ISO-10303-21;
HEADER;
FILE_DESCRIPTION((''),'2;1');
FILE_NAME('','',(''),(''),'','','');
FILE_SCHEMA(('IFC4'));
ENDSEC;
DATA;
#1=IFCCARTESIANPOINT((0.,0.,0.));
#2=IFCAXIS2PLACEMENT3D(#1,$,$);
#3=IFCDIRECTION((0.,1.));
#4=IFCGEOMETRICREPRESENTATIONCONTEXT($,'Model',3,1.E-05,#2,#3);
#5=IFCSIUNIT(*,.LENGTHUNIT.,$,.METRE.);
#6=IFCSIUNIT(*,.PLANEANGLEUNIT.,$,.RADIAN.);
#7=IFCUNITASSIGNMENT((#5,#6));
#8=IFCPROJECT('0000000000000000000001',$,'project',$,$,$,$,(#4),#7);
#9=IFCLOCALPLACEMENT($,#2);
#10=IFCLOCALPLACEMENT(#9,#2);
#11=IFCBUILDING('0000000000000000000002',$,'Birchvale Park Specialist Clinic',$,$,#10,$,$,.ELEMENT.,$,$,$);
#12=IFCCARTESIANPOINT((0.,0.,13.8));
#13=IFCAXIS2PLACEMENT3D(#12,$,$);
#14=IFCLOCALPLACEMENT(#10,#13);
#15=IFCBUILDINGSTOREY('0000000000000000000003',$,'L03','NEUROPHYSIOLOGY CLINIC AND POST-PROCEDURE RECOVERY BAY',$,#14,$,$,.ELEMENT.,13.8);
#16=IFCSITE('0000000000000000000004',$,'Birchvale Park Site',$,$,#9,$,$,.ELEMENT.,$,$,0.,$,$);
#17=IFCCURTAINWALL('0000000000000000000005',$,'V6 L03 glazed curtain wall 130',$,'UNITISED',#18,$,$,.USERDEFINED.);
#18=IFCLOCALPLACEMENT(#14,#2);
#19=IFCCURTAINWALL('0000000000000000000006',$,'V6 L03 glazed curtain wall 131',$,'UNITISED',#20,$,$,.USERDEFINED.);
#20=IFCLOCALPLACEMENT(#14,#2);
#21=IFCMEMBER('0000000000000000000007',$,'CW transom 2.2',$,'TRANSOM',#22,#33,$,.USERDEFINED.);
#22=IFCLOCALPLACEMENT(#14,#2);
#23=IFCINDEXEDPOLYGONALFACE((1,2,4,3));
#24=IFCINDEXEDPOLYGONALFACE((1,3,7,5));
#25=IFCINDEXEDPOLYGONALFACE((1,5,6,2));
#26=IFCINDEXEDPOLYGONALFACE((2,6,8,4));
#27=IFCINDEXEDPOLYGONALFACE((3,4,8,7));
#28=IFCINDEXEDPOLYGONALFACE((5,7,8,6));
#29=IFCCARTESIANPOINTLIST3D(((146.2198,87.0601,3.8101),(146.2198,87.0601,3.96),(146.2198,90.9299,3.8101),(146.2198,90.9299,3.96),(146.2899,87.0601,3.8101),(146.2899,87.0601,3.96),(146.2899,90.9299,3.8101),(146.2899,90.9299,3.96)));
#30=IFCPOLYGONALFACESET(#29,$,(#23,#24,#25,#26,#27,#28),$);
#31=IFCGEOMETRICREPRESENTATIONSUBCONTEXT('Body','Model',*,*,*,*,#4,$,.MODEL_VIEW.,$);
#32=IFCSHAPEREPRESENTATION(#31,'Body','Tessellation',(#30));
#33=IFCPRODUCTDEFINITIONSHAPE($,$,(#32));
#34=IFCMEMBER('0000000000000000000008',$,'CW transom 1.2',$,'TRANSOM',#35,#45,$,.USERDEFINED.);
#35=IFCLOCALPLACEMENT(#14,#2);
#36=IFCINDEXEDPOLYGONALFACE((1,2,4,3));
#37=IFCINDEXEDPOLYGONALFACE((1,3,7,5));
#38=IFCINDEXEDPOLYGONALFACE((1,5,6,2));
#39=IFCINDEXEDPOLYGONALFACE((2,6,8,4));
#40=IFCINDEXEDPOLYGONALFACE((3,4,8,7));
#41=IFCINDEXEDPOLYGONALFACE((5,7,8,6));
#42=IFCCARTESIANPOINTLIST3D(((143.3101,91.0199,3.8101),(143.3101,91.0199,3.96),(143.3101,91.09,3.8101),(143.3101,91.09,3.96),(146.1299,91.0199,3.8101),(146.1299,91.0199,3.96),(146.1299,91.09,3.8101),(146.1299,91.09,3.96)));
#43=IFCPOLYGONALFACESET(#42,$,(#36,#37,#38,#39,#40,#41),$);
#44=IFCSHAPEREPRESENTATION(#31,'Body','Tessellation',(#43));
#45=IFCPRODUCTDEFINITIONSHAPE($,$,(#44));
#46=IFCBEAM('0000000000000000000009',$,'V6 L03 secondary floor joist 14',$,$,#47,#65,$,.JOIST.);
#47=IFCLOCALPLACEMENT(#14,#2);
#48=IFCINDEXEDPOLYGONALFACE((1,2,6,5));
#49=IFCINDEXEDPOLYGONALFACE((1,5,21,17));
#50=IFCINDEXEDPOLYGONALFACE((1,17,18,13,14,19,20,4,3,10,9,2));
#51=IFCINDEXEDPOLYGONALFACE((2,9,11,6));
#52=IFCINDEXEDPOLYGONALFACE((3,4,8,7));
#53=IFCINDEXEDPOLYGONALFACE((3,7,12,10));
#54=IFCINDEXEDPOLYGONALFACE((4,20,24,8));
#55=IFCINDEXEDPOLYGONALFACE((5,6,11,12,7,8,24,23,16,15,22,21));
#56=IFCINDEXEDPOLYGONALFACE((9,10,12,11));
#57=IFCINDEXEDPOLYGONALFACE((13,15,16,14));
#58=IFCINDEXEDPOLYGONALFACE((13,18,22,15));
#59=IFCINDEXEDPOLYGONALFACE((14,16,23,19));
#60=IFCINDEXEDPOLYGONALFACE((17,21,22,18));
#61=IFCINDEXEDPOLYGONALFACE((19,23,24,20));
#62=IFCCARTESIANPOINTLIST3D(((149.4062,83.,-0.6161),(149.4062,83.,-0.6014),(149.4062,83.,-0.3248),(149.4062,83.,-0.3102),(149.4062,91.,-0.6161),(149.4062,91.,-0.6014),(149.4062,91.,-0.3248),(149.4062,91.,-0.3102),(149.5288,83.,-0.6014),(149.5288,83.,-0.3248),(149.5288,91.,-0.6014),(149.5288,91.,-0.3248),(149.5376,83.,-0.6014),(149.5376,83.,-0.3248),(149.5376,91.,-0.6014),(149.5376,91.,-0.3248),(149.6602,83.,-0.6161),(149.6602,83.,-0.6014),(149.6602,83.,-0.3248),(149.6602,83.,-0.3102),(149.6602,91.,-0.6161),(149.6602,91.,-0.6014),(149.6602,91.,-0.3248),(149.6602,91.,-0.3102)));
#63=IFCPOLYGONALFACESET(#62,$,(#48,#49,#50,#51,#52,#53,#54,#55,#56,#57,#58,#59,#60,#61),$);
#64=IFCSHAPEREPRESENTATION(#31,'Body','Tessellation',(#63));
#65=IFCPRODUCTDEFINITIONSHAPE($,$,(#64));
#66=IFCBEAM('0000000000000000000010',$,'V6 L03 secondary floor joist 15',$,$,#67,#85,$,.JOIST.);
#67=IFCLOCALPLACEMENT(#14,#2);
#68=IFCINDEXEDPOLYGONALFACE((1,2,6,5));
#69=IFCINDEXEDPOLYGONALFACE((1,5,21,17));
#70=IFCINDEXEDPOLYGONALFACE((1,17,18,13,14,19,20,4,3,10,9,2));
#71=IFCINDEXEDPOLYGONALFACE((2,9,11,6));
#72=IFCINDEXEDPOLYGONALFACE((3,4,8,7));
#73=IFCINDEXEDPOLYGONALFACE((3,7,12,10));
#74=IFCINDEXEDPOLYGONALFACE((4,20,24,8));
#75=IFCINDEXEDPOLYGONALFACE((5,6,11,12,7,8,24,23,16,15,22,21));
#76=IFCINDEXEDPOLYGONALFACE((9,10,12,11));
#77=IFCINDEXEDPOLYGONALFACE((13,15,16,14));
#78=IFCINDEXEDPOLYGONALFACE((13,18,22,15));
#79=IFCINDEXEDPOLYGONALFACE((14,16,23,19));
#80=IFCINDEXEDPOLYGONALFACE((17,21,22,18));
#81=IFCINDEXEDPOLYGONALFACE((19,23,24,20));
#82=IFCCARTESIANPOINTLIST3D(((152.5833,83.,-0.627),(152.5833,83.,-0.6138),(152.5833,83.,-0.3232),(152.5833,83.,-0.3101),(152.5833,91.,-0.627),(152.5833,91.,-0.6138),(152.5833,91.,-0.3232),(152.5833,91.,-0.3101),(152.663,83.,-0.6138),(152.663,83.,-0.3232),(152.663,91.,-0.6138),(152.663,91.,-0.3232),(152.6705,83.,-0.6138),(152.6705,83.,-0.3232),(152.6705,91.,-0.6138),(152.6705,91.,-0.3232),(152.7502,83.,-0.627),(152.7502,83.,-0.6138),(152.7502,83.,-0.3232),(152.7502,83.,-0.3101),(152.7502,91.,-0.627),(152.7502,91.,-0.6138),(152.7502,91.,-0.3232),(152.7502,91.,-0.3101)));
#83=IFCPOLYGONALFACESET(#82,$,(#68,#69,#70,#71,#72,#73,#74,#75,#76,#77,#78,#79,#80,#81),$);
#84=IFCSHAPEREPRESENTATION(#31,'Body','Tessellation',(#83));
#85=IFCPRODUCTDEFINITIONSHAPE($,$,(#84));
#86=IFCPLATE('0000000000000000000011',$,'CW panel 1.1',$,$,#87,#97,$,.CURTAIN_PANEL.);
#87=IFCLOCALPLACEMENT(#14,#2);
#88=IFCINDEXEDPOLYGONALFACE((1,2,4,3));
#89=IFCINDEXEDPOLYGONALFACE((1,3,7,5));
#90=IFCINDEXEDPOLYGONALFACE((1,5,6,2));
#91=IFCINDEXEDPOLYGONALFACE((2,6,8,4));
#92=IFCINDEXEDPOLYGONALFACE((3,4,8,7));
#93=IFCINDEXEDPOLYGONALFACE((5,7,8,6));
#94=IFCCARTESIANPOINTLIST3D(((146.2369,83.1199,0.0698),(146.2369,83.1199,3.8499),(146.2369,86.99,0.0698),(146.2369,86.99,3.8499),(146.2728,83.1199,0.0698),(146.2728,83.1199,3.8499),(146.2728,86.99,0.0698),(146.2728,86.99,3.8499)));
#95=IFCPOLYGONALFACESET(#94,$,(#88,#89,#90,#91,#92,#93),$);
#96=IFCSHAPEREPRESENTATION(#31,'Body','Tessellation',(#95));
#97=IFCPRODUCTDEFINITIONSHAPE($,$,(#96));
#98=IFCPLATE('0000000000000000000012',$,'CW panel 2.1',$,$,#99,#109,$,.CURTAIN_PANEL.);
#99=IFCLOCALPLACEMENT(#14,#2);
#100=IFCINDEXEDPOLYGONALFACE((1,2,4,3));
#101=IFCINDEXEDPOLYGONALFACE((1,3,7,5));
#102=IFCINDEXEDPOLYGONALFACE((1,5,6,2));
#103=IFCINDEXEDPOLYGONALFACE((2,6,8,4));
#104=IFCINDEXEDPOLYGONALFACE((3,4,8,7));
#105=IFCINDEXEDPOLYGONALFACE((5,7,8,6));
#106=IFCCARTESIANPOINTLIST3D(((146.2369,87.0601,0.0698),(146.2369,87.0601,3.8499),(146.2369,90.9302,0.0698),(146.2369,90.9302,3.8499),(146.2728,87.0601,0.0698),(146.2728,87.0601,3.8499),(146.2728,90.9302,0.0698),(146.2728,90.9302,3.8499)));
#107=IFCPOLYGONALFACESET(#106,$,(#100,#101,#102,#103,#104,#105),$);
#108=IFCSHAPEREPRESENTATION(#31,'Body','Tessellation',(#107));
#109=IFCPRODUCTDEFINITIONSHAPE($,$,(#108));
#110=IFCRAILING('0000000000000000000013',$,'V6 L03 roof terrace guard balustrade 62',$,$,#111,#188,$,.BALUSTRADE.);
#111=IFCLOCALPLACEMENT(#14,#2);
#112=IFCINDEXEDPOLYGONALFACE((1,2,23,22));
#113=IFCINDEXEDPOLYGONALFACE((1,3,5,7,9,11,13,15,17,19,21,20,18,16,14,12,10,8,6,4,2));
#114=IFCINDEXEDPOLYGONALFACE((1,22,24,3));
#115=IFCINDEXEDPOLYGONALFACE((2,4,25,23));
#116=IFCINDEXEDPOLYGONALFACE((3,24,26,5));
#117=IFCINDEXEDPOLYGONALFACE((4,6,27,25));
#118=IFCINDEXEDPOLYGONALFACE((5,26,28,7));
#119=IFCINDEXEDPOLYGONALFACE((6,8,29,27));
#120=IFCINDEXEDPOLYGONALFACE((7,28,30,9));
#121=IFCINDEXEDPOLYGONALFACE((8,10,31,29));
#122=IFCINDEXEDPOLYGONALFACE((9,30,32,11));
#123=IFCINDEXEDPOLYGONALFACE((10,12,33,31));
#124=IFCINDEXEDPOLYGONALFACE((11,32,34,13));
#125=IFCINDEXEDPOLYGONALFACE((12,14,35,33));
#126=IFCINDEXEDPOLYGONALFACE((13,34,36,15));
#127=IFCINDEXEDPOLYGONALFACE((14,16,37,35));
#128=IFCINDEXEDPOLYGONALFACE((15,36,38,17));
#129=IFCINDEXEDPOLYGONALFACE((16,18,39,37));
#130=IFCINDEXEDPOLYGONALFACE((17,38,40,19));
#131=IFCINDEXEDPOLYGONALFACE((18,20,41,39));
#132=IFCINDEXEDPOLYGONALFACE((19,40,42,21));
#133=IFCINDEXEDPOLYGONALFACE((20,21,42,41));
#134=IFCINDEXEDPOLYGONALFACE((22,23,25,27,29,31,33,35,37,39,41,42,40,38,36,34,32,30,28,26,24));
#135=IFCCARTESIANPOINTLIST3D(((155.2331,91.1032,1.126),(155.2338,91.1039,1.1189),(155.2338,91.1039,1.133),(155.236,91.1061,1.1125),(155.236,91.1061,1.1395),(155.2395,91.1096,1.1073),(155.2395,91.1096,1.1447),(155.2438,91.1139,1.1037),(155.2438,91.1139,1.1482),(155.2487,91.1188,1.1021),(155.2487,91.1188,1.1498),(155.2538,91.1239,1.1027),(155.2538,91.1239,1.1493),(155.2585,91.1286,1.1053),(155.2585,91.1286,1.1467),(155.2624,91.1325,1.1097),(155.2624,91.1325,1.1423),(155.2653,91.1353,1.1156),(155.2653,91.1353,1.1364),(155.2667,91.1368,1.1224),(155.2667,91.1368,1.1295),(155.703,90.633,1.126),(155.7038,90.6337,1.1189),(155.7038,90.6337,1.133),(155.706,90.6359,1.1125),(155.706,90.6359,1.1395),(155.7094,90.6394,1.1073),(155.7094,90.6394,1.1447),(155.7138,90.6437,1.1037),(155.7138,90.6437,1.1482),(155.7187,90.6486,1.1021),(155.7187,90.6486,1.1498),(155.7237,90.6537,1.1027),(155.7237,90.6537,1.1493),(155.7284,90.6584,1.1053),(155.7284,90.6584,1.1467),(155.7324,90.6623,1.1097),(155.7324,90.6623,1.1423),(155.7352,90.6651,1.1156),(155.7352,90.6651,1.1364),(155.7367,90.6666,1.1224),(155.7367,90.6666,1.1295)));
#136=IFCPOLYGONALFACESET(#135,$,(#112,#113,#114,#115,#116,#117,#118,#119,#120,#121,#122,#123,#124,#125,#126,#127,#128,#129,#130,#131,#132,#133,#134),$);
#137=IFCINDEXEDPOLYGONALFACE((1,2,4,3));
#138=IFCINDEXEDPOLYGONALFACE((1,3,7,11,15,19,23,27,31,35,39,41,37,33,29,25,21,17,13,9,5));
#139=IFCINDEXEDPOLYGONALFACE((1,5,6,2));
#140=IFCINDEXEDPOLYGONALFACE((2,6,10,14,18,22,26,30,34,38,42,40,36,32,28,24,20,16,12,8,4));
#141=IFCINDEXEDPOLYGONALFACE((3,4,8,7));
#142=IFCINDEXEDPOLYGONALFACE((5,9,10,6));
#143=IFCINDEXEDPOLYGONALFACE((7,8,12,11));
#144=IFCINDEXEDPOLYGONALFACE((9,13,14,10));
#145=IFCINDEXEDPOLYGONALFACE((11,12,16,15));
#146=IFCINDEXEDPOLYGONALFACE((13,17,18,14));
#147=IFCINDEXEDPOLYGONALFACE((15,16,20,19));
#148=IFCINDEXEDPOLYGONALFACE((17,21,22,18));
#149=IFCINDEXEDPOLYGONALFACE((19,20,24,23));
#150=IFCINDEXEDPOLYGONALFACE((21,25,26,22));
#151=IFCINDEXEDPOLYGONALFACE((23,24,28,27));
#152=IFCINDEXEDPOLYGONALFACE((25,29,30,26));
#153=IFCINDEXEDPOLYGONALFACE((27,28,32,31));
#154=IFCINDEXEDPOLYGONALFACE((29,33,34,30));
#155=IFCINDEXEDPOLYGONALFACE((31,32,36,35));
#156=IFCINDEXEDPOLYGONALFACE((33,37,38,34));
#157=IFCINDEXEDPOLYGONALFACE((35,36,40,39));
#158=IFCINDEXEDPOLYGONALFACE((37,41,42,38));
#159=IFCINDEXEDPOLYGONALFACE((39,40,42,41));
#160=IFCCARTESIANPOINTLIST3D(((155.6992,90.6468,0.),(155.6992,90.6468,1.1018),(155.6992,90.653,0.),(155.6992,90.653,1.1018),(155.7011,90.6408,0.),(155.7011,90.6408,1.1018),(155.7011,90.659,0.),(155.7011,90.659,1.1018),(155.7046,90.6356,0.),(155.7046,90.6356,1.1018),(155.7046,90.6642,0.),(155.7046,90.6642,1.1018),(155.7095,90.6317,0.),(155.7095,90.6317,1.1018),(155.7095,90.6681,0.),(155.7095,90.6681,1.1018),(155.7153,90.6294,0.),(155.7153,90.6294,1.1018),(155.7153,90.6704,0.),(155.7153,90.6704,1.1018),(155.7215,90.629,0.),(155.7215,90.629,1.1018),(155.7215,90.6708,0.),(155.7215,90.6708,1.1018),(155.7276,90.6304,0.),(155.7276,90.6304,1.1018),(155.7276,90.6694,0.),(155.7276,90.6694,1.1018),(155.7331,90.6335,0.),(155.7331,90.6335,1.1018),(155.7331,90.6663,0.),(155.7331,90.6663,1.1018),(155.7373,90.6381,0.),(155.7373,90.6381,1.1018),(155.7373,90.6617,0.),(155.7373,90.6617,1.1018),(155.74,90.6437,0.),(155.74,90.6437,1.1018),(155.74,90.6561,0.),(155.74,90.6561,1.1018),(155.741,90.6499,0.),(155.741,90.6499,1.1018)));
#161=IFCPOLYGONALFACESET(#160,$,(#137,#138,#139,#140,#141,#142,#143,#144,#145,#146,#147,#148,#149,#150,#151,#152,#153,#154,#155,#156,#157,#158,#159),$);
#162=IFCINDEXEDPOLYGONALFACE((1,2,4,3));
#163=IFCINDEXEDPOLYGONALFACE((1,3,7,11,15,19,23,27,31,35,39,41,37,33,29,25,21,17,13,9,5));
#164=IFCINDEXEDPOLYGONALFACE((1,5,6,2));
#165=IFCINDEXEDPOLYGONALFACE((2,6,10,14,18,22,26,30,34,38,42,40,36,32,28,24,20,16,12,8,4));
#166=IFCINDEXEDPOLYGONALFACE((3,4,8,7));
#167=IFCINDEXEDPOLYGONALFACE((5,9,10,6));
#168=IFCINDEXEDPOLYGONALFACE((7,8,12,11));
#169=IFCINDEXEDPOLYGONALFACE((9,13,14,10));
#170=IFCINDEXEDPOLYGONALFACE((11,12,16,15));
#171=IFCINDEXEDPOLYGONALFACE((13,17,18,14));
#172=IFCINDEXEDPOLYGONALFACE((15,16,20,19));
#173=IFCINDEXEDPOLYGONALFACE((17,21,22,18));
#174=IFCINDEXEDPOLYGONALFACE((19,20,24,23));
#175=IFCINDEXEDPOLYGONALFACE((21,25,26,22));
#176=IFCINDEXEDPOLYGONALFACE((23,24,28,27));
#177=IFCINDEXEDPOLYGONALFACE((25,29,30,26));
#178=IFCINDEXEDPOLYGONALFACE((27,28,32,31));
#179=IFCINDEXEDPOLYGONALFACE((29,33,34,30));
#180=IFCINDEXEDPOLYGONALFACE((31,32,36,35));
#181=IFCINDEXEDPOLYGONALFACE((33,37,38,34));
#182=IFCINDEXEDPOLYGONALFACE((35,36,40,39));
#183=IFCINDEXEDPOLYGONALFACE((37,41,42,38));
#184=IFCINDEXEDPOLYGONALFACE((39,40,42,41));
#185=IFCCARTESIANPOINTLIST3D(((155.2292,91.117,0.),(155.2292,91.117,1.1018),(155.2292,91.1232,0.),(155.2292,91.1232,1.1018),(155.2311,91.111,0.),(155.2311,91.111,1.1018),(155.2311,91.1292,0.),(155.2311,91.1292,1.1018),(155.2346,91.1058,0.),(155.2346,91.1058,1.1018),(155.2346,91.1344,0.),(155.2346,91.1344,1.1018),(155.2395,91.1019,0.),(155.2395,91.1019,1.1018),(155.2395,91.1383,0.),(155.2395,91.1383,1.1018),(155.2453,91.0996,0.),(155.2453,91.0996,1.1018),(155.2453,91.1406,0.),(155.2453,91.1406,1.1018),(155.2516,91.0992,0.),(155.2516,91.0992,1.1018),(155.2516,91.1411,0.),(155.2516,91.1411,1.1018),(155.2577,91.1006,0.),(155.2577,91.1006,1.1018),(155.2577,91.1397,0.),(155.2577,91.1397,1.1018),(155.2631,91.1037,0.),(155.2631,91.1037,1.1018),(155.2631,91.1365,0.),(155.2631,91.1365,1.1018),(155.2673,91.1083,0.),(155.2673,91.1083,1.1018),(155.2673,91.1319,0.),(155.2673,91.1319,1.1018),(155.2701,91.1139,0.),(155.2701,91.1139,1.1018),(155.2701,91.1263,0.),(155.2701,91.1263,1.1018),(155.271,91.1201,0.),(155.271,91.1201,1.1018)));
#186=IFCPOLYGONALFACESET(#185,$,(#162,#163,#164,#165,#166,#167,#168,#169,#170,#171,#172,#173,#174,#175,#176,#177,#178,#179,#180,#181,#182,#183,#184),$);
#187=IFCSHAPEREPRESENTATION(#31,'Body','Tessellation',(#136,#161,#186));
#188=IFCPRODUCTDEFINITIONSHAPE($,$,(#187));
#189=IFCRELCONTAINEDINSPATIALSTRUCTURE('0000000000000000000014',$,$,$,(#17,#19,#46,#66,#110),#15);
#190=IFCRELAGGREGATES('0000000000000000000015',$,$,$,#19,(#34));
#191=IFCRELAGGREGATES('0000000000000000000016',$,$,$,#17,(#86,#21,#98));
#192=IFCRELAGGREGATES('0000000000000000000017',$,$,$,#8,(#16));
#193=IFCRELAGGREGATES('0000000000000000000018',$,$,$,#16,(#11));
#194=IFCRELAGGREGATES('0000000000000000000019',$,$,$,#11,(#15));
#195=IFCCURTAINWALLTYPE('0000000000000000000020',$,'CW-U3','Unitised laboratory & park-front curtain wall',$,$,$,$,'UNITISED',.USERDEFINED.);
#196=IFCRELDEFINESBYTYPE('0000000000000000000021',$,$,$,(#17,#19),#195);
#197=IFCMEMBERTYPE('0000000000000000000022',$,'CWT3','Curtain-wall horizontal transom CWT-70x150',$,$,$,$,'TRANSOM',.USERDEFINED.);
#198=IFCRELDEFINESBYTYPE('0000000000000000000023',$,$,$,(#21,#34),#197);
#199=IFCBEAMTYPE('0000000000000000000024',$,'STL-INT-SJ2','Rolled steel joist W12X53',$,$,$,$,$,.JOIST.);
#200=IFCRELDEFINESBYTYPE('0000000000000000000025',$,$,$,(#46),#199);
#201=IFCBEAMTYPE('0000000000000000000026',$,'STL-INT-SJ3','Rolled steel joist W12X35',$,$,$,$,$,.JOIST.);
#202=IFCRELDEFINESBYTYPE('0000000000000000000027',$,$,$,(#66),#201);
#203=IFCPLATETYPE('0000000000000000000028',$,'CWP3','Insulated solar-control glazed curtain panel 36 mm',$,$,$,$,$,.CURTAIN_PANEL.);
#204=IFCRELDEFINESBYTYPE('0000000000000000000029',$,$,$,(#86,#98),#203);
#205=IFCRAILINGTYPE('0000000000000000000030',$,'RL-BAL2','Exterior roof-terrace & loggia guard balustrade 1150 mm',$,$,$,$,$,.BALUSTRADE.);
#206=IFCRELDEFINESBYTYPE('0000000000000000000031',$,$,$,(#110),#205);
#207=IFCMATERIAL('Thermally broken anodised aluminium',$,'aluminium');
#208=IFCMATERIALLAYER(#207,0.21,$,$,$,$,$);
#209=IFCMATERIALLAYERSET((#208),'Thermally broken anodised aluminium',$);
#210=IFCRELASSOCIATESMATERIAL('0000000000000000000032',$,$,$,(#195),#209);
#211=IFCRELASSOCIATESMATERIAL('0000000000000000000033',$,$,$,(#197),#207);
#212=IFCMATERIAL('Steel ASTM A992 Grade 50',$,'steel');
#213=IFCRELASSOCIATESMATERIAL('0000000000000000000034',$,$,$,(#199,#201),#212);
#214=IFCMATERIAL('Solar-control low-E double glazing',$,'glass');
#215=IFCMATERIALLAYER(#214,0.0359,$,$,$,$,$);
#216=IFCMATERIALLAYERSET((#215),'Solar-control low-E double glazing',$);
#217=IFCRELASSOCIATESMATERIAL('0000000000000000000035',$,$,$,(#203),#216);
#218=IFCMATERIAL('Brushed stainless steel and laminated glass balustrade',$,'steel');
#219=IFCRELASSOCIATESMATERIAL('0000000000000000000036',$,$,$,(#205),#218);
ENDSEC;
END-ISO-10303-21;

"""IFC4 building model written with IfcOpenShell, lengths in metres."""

from ifc_helpers import new_model, si_unit, direction, frame, origin, origin_2d, place, context, subcontext, project, spatial, rectangle, circle, i_section, extrude, material, layer, layer_set, material_profile, profile_set, type_object, element, aggregate, save


model = new_model("IFC4")

# Units and contexts
model_context = context("Model", 3, precision=1e-05, world=origin(), true_north=direction((0.0, 1.0)))
body_context = subcontext(model_context, "Body", "Model", "MODEL_VIEW")
ifc_project = project(units=[si_unit("LENGTHUNIT", "METRE"), si_unit("PLANEANGLEUNIT", "RADIAN")], contexts=[model_context])

# Site, building, storey
site_placement = place(None, origin())
site = spatial("IfcSite", under=ifc_project, at=site_placement, Name="Birchvale Park Site", CompositionType="ELEMENT", RefElevation=0.0)
building_placement = place(site_placement, origin())
building = spatial("IfcBuilding", under=site, at=building_placement, Name="Birchvale Park Specialist Clinic", CompositionType="ELEMENT")
storey_placement = place(building_placement, frame((0.0, 0.0, 13.8)))
storey = spatial("IfcBuildingStorey", under=building, at=storey_placement, Name="L03", Description="NEUROPHYSIOLOGY CLINIC AND POST-PROCEDURE RECOVERY BAY", CompositionType="ELEMENT", Elevation=13.8)

# Curtain wall
ifc_material_1 = material(Name="Thermally broken anodised aluminium", Category="aluminium")
ifc_layer_1 = layer(ifc_material_1, 0.21)
ifc_layer_set_1 = layer_set([ifc_layer_1], Name="Thermally broken anodised aluminium")
curtain_wall_type = type_object("IfcCurtainWallType", Name="CW-U3", Description="Unitised laboratory & park-front curtain wall", ElementType="UNITISED", PredefinedType="USERDEFINED", material=ifc_layer_set_1)
curtain_wall_1_placement = place(storey_placement, origin())
curtain_wall_1 = element("IfcCurtainWall", 1, at=curtain_wall_1_placement, inside=storey, type_object=curtain_wall_type, Name="V6 L03 glazed curtain wall 130", ObjectType="UNITISED", PredefinedType="USERDEFINED")

# Curtain wall
curtain_wall_2_placement = place(storey_placement, origin())
curtain_wall_2 = element("IfcCurtainWall", 2, at=curtain_wall_2_placement, inside=storey, type_object=curtain_wall_type, Name="V6 L03 glazed curtain wall 131", ObjectType="UNITISED", PredefinedType="USERDEFINED")

# Members
ifc_material_profile_1 = material_profile(ifc_material_1, rectangle(XDim=0.0701, YDim=0.1499, at=origin_2d()), Name="CWT-70x150")
ifc_profile_set_1 = profile_set([ifc_material_profile_1], Name="Thermally broken anodised aluminium")
member_type_1 = type_object("IfcMemberType", Name="CWT3", Description="Curtain-wall horizontal transom CWT-70x150", ElementType="TRANSOM", PredefinedType="USERDEFINED", material=ifc_profile_set_1)
member_1_placement = place(storey_placement, frame((146.2549, 87.0601, 3.885), z_axis=(0.0, 1.0, 0.0), x_axis=(-1.0, 0.0, 0.0)))
member_1 = element("IfcMember", 3, at=member_1_placement, type_object=member_type_1, Name="CW transom 2.2", ObjectType="TRANSOM", PredefinedType="USERDEFINED", context=body_context, shape_type="SweptSolid", body=[
    extrude(rectangle(XDim=0.0701, YDim=0.1499, at=origin_2d()), origin(), (0.0, 0.0, 1.0), 3.8699),
])
member_2_placement = place(storey_placement, frame((146.1299, 91.0549, 3.885), z_axis=(-1.0, 0.0, 0.0), x_axis=(0.0, -1.0, 0.0)))
member_2 = element("IfcMember", 4, at=member_2_placement, type_object=member_type_1, Name="CW transom 1.2", ObjectType="TRANSOM", PredefinedType="USERDEFINED", context=body_context, shape_type="SweptSolid", body=[
    extrude(rectangle(XDim=0.0701, YDim=0.1499, at=origin_2d()), origin(), (0.0, 0.0, 1.0), 2.8198),
])
aggregate(curtain_wall_2, [member_2])

# Beams
ifc_material_2 = material(Name="Steel ASTM A992 Grade 50", Category="steel")
ifc_material_profile_2 = material_profile(ifc_material_2, i_section(OverallWidth=0.2539, OverallDepth=0.3059, WebThickness=0.0088, FlangeThickness=0.0146, at=origin_2d()), Name="W12X53")
ifc_profile_set_2 = profile_set([ifc_material_profile_2], Name="Steel ASTM A992 Grade 50")
beam_type_1 = type_object("IfcBeamType", Name="STL-INT-SJ2", Description="Rolled steel joist W12X53", PredefinedType="JOIST", material=ifc_profile_set_2)
beam_1_placement = place(storey_placement, frame((149.5332, 83.0, -0.4631), z_axis=(0.0, 1.0, 0.0), x_axis=(-1.0, 0.0, 0.0)))
element("IfcBeam", 5, at=beam_1_placement, inside=storey, type_object=beam_type_1, Name="V6 L03 secondary floor joist 14", PredefinedType="JOIST", context=body_context, shape_type="SweptSolid", body=[
    extrude(i_section(OverallWidth=0.2539, OverallDepth=0.3059, WebThickness=0.0088, FlangeThickness=0.0146, at=origin_2d()), origin(), (0.0, 0.0, 1.0), 8.0),
])
ifc_material_profile_3 = material_profile(ifc_material_2, i_section(OverallWidth=0.167, OverallDepth=0.3169, WebThickness=0.0076, FlangeThickness=0.0132, at=origin_2d()), Name="W12X35")
ifc_profile_set_3 = profile_set([ifc_material_profile_3], Name="Steel ASTM A992 Grade 50")
beam_type_2 = type_object("IfcBeamType", Name="STL-INT-SJ3", Description="Rolled steel joist W12X35", PredefinedType="JOIST", material=ifc_profile_set_3)
beam_2_placement = place(storey_placement, frame((152.6667, 83.0, -0.4685), z_axis=(0.0, 1.0, 0.0), x_axis=(-1.0, 0.0, 0.0)))
element("IfcBeam", 6, at=beam_2_placement, inside=storey, type_object=beam_type_2, Name="V6 L03 secondary floor joist 15", PredefinedType="JOIST", context=body_context, shape_type="SweptSolid", body=[
    extrude(i_section(OverallWidth=0.167, OverallDepth=0.3169, WebThickness=0.0076, FlangeThickness=0.0132, at=origin_2d()), origin(), (0.0, 0.0, 1.0), 8.0),
])

# Plates
ifc_material_3 = material(Name="Solar-control low-E double glazing", Category="glass")
ifc_layer_2 = layer(ifc_material_3, 0.0359)
ifc_layer_set_2 = layer_set([ifc_layer_2], Name="Solar-control low-E double glazing")
plate_type = type_object("IfcPlateType", Name="CWP3", Description="Insulated solar-control glazed curtain panel 36 mm", PredefinedType="CURTAIN_PANEL", material=ifc_layer_set_2)
plate_1_placement = place(storey_placement, frame((146.2549, 85.0549, 0.0698), z_axis=(0.0, 0.0, 1.0), x_axis=(0.0, 1.0, 0.0)))
plate_1 = element("IfcPlate", 7, at=plate_1_placement, type_object=plate_type, Name="CW panel 1.1", PredefinedType="CURTAIN_PANEL", context=body_context, shape_type="SweptSolid", body=[
    extrude(rectangle(XDim=3.8701, YDim=0.0359, at=origin_2d()), origin(), (0.0, 0.0, 1.0), 3.78),
])
plate_2_placement = place(storey_placement, frame((146.2549, 88.9951, 0.0698), z_axis=(0.0, 0.0, 1.0), x_axis=(0.0, 1.0, 0.0)))
plate_2 = element("IfcPlate", 8, at=plate_2_placement, type_object=plate_type, Name="CW panel 2.1", PredefinedType="CURTAIN_PANEL", context=body_context, shape_type="SweptSolid", body=[
    extrude(rectangle(XDim=3.8701, YDim=0.0359, at=origin_2d()), origin(), (0.0, 0.0, 1.0), 3.78),
])
aggregate(curtain_wall_1, [plate_1, member_1, plate_2])

# Railing
ifc_material_4 = material(Name="Brushed stainless steel and laminated glass balustrade", Category="steel")
railing_type = type_object("IfcRailingType", Name="RL-BAL2", Description="Exterior roof-terrace & loggia guard balustrade 1150 mm", PredefinedType="BALUSTRADE", material=ifc_material_4)
railing_1_placement = place(storey_placement, frame((155.72, 90.6499, 0.0)))
element("IfcRailing", 9, at=railing_1_placement, inside=storey, type_object=railing_type, Name="V6 L03 roof terrace guard balustrade 62", PredefinedType="BALUSTRADE", context=body_context, shape_type="SweptSolid", body=[
    extrude(circle(Radius=0.0239, at=origin_2d()), frame((0.0, 0.0, 1.126), z_axis=(-0.706923, 0.70729, 0.0), x_axis=(-0.70729, -0.706923, 0.0)), (0.0, 0.0, 1.0), 0.6648),
    extrude(circle(Radius=0.021, at=origin_2d()), origin(), (0.0, 0.0, 1.0), 1.1018),
    extrude(circle(Radius=0.021, at=origin_2d()), frame((-0.47, 0.4702, 0.0)), (0.0, 0.0, 1.0), 1.1018),
])

save(model, "model.ifc")
